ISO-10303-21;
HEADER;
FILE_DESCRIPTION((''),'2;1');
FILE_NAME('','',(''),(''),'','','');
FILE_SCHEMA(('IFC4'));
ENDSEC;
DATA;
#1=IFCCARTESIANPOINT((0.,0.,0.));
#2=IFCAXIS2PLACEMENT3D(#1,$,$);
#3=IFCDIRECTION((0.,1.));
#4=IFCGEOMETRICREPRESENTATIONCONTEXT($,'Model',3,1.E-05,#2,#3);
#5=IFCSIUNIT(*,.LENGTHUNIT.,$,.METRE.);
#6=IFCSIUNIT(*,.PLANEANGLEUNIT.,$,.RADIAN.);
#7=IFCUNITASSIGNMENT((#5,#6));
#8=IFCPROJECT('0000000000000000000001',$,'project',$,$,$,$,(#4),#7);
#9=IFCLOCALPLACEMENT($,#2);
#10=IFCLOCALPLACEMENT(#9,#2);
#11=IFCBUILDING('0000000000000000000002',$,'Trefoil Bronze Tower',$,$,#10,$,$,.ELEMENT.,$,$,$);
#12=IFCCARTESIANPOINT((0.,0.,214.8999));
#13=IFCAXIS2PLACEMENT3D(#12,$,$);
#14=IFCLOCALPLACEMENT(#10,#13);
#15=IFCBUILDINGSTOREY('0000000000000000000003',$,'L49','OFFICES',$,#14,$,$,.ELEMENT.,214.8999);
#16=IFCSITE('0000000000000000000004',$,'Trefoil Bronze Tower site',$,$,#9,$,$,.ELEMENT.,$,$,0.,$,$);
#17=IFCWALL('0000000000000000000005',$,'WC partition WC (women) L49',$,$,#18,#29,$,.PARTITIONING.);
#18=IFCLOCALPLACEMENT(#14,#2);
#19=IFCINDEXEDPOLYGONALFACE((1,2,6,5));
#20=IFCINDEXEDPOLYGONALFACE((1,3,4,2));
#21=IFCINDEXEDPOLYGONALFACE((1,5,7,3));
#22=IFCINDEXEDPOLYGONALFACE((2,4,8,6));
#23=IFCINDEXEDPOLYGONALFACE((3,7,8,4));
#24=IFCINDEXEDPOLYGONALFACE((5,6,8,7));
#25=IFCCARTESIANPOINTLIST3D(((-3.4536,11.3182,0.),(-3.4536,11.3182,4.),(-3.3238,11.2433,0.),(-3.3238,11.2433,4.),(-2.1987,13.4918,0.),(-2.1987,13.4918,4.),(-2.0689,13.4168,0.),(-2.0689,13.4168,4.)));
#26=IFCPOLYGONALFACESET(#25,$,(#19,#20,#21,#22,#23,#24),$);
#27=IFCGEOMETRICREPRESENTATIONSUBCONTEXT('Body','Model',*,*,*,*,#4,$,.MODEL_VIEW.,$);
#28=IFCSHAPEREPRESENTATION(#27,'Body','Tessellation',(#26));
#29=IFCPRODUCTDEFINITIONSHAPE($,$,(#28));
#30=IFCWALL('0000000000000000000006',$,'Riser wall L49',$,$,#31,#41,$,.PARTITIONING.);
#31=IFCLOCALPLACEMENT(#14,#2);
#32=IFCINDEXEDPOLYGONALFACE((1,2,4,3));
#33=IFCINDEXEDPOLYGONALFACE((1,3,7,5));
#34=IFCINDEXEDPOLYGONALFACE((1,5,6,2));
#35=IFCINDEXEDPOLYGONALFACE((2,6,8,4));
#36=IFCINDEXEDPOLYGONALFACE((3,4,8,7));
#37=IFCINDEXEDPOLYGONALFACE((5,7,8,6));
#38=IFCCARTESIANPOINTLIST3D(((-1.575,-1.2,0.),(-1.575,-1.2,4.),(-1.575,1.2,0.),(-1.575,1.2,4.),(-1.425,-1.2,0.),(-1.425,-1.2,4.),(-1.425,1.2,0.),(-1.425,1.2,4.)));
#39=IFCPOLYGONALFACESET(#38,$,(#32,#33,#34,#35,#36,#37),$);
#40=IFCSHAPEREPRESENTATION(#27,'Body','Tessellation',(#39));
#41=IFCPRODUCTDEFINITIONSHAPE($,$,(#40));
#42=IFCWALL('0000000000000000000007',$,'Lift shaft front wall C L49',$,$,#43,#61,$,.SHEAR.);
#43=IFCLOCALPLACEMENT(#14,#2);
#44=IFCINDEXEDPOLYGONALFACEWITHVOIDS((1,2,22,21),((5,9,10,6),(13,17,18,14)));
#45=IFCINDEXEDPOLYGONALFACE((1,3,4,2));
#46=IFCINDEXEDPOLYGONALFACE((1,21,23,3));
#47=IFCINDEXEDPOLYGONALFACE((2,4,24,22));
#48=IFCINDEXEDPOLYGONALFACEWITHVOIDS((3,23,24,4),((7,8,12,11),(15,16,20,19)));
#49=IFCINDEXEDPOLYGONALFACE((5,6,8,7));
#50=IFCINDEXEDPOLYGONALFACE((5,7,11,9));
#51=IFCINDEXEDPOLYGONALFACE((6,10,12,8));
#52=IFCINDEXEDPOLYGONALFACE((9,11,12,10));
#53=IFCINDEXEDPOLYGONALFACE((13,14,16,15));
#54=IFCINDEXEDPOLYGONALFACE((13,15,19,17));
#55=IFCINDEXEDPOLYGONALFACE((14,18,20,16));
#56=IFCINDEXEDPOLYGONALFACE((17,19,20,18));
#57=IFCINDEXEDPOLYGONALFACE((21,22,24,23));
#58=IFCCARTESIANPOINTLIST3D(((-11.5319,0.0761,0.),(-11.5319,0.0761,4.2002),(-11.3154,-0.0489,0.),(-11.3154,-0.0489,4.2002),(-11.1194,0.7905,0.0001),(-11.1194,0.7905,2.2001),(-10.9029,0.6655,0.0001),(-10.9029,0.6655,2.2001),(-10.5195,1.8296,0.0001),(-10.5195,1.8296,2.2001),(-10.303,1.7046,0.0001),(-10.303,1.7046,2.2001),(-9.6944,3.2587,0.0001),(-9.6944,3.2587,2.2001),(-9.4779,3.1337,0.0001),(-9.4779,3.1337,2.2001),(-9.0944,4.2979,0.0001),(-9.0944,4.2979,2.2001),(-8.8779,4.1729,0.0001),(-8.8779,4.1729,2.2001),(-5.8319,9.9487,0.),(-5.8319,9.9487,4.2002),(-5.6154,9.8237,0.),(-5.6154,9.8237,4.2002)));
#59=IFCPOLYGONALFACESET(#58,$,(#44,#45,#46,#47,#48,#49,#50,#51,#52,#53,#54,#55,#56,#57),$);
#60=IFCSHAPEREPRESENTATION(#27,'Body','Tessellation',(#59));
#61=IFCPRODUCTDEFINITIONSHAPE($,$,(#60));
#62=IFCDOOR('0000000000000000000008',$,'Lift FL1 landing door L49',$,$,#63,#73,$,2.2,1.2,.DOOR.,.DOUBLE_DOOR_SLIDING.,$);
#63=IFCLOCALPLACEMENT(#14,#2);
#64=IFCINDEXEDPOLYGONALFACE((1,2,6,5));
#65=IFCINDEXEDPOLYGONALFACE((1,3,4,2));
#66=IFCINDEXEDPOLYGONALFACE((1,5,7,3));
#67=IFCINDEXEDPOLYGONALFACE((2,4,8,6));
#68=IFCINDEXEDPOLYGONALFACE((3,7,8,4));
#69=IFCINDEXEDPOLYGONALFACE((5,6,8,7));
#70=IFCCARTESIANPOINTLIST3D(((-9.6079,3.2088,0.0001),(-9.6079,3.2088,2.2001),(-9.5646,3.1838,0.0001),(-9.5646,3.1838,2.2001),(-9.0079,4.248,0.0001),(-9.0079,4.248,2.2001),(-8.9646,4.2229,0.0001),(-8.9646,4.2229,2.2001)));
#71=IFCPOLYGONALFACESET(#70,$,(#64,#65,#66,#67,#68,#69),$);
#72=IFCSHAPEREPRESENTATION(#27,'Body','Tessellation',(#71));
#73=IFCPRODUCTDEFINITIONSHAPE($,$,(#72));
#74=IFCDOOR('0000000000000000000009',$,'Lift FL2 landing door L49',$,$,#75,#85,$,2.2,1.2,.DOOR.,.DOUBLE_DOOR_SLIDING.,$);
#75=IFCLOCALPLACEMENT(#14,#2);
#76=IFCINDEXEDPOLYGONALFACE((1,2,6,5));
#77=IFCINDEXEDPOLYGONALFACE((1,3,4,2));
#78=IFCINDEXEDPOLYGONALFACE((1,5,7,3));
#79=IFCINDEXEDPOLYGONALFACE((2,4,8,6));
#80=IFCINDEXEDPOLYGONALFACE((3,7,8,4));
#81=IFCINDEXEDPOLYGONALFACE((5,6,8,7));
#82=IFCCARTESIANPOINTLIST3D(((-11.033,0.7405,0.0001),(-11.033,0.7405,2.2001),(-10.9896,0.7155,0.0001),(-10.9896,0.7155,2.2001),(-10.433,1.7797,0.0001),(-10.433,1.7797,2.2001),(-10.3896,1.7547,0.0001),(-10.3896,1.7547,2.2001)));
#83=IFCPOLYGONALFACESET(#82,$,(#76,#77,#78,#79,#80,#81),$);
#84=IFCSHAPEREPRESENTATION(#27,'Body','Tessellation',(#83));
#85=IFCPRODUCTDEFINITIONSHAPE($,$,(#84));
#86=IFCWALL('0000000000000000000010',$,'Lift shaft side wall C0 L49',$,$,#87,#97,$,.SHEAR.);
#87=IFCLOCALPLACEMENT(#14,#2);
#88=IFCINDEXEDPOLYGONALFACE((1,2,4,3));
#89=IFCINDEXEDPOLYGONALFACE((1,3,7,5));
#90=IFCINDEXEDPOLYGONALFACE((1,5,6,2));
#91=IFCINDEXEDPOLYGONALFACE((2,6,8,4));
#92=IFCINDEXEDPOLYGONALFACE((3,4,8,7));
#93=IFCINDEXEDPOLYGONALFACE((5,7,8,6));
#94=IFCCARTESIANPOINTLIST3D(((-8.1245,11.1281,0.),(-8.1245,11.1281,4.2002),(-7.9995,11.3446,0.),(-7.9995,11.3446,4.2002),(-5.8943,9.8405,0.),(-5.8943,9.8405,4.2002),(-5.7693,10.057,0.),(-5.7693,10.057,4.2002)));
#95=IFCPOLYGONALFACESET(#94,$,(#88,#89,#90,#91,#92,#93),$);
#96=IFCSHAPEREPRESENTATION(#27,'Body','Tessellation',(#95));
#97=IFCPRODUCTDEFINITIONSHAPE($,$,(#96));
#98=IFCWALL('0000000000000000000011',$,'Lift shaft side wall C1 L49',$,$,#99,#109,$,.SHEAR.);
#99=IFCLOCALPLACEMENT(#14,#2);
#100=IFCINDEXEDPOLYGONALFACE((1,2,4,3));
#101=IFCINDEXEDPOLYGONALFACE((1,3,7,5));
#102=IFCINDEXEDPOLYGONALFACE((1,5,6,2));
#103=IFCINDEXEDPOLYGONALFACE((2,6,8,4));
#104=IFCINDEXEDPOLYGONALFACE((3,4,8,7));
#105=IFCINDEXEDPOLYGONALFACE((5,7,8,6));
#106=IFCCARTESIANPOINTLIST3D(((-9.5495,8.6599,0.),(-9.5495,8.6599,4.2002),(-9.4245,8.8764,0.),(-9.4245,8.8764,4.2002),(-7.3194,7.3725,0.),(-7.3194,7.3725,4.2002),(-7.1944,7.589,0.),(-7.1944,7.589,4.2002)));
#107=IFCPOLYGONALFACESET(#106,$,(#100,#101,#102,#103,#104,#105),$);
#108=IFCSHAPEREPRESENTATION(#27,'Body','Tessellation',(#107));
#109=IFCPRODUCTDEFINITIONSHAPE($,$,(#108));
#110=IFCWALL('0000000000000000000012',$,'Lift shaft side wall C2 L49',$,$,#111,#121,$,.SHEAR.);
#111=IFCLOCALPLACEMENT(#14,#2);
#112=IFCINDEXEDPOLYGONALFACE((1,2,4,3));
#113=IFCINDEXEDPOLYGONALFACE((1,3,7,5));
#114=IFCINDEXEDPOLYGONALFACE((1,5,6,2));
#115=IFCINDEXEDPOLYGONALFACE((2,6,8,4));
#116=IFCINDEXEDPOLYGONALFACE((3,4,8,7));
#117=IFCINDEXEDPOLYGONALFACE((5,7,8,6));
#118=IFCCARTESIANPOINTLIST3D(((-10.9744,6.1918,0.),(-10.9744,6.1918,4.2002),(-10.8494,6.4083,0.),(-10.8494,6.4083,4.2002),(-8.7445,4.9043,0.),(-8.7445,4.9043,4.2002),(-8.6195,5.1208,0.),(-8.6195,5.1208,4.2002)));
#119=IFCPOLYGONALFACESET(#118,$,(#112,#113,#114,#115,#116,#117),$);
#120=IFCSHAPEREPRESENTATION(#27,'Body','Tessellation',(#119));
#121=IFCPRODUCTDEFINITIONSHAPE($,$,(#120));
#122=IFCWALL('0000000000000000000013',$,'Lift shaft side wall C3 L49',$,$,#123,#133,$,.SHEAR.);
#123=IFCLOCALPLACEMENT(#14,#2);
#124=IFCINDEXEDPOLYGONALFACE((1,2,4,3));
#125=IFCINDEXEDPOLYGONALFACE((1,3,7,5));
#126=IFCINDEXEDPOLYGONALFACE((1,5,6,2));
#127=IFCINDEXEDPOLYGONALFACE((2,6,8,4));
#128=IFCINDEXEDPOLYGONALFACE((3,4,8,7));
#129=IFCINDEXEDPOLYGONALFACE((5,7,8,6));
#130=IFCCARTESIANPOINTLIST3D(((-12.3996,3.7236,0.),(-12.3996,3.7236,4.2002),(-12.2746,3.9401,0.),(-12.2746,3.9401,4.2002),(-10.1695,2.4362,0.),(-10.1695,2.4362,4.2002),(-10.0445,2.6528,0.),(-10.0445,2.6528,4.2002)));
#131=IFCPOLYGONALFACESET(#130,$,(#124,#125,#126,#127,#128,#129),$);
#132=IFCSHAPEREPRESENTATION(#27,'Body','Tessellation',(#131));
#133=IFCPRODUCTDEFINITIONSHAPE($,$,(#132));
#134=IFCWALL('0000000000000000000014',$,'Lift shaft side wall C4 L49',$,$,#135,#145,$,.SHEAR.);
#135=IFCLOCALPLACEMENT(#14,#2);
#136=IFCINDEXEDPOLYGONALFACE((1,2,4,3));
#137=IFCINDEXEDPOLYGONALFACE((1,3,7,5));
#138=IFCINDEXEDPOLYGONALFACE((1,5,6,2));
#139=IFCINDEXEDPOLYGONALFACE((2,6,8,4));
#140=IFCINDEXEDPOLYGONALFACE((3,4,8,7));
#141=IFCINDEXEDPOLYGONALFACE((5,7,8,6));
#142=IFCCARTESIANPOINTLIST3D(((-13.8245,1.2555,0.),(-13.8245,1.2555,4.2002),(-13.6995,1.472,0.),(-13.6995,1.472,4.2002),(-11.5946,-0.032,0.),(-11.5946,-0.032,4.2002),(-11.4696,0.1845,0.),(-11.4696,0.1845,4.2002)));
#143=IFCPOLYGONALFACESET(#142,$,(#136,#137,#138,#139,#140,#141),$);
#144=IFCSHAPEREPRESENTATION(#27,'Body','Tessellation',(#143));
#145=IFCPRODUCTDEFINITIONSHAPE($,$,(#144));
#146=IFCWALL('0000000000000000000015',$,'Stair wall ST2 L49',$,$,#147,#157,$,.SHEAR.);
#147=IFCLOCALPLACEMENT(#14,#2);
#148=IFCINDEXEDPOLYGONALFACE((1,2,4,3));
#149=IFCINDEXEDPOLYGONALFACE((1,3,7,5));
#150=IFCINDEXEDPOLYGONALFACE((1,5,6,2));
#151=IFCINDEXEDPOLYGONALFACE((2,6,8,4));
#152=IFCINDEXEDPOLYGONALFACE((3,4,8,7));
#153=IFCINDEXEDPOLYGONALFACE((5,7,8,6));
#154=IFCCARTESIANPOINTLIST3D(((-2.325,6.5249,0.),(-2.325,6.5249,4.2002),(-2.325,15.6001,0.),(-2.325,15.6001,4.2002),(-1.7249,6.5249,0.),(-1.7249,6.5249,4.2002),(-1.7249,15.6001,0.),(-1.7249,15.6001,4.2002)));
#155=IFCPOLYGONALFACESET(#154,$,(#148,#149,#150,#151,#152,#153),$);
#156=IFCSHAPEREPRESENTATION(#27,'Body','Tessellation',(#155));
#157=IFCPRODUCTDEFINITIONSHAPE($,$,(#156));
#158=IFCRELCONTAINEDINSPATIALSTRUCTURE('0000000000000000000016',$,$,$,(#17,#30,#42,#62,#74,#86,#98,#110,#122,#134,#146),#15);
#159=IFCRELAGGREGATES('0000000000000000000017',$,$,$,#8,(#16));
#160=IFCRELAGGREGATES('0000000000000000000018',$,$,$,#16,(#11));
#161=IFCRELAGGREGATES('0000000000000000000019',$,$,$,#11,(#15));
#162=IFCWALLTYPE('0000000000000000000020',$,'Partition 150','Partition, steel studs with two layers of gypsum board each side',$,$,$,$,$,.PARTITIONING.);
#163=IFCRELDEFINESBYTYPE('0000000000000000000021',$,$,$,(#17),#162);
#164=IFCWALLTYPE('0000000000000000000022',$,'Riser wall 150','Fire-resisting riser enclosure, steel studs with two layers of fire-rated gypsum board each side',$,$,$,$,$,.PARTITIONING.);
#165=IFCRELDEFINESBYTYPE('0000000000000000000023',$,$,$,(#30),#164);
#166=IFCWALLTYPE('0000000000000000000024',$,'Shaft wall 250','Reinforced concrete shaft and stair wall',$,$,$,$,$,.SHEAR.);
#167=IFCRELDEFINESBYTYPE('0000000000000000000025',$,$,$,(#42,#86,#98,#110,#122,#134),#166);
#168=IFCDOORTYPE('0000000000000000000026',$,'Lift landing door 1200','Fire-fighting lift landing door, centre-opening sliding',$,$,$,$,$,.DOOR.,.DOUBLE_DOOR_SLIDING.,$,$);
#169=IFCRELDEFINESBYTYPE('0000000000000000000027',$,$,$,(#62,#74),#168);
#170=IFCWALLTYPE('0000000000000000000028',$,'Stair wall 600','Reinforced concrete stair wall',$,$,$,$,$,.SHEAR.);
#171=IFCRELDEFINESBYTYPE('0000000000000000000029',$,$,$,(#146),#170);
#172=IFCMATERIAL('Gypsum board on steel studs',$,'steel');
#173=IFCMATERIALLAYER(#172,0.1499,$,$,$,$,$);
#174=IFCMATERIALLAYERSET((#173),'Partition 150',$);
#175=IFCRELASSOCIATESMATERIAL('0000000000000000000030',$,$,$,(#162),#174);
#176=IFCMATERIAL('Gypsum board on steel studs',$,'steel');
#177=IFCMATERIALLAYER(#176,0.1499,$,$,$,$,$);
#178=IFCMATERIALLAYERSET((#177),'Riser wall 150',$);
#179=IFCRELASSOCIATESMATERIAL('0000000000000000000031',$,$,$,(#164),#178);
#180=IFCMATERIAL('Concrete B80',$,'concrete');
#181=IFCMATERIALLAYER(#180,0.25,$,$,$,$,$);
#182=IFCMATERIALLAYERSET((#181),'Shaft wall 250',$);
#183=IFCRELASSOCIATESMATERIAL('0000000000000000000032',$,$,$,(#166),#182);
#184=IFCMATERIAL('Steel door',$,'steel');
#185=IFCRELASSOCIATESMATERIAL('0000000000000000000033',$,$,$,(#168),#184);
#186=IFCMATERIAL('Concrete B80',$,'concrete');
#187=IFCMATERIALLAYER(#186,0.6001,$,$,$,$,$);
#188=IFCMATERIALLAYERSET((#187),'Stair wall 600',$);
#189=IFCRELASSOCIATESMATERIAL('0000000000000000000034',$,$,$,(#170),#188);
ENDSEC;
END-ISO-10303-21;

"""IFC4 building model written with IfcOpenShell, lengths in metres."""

from ifc_helpers import new_model, si_unit, direction, frame, frame_2d, origin, place, context, subcontext, project, spatial, rectangle, extrude, material, layer, layer_set, type_object, element, fill, save


model = new_model("IFC4")

# Units and contexts
model_context = context("Model", 3, precision=1e-05, world=origin(), true_north=direction((0.0, 1.0)))
body_context = subcontext(model_context, "Body", "Model", "MODEL_VIEW")
ifc_project = project(units=[si_unit("LENGTHUNIT", "METRE"), si_unit("PLANEANGLEUNIT", "RADIAN")], contexts=[model_context])

# Site, building, storey
site_placement = place(None, origin())
site = spatial("IfcSite", under=ifc_project, at=site_placement, Name="Trefoil Bronze Tower site", CompositionType="ELEMENT", RefElevation=0.0)
building_placement = place(site_placement, origin())
building = spatial("IfcBuilding", under=site, at=building_placement, Name="Trefoil Bronze Tower", CompositionType="ELEMENT")
storey_placement = place(building_placement, frame((0.0, 0.0, 214.8999)))
storey = spatial("IfcBuildingStorey", under=building, at=storey_placement, Name="L49", Description="OFFICES", CompositionType="ELEMENT", Elevation=214.8999)

# Shared definitions
ifc_material_1 = material(Name="Gypsum board on steel studs", Category="steel")
ifc_layer_1 = layer(ifc_material_1, 0.1499)
ifc_layer_set_1 = layer_set([ifc_layer_1], Name="Partition 150")
wall_type_1 = type_object("IfcWallType", Name="Partition 150", Description="Partition, steel studs with two layers of gypsum board each side", PredefinedType="PARTITIONING", material=ifc_layer_set_1)

# Walls
wall_1_placement = place(storey_placement, frame((-3.3887, 11.2808, 0.0), z_axis=(0.0, 0.0, 1.0), x_axis=(0.499989, 0.866032, 0.0)))
element("IfcWall", 1, at=wall_1_placement, inside=storey, type_object=wall_type_1, Name="WC partition WC (women) L49", PredefinedType="PARTITIONING", context=body_context, shape_type="SweptSolid", body=[
    extrude(rectangle(XDim=2.5098, YDim=0.1499, at=frame_2d((1.2549, 0.0))), origin(), (0.0, 0.0, 1.0), 4.0),
])
ifc_material_2 = material(Name="Gypsum board on steel studs", Category="steel")
ifc_layer_2 = layer(ifc_material_2, 0.1499)
ifc_layer_set_2 = layer_set([ifc_layer_2], Name="Riser wall 150")
wall_type_2 = type_object("IfcWallType", Name="Riser wall 150", Description="Fire-resisting riser enclosure, steel studs with two layers of fire-rated gypsum board each side", PredefinedType="PARTITIONING", material=ifc_layer_set_2)
wall_2_placement = place(storey_placement, frame((-1.5, 1.2, 0.0), z_axis=(0.0, 0.0, 1.0), x_axis=(0.0, -1.0, 0.0)))
element("IfcWall", 2, at=wall_2_placement, inside=storey, type_object=wall_type_2, Name="Riser wall L49", PredefinedType="PARTITIONING", context=body_context, shape_type="SweptSolid", body=[
    extrude(rectangle(XDim=2.3999, YDim=0.1499, at=frame_2d((1.2, 0.0))), origin(), (0.0, 0.0, 1.0), 4.0),
])

# Wall, openings, doors
ifc_material_3 = material(Name="Concrete B80", Category="concrete")
ifc_layer_3 = layer(ifc_material_3, 0.25)
ifc_layer_set_3 = layer_set([ifc_layer_3], Name="Shaft wall 250")
wall_type_3 = type_object("IfcWallType", Name="Shaft wall 250", Description="Reinforced concrete shaft and stair wall", PredefinedType="SHEAR", material=ifc_layer_set_3)
wall_3_placement = place(storey_placement, frame((-5.7236, 9.8862, 0.0), z_axis=(0.0, 0.0, 1.0), x_axis=(-0.500002, -0.866024, 0.0)))
wall_3 = element("IfcWall", 3, at=wall_3_placement, inside=storey, type_object=wall_type_3, Name="Lift shaft front wall C L49", PredefinedType="SHEAR", context=body_context, shape_type="SweptSolid", body=[
    extrude(rectangle(XDim=11.3999, YDim=0.25, at=frame_2d((5.7, 0.0))), origin(), (0.0, 0.0, 1.0), 4.2002),
])
opening_1_placement = place(wall_3_placement, frame((6.5249, 0.0, 0.0)))
opening_1 = element("IfcOpeningElement", 4, at=opening_1_placement, cuts=wall_3, PredefinedType="OPENING", context=body_context, shape_type="SweptSolid", body=[
    extrude(rectangle(XDim=1.2, YDim=2.2, at=frame_2d((0.6001, 1.1001))), frame((0.0, 0.135, 0.0), z_axis=(0.0, -1.0, 0.0), x_axis=(1.0, 0.0, 0.0)), (0.0, 0.0, 1.0), 0.27),
])
opening_2_placement = place(wall_3_placement, frame((9.375, 0.0, 0.0)))
opening_2 = element("IfcOpeningElement", 5, at=opening_2_placement, cuts=wall_3, PredefinedType="OPENING", context=body_context, shape_type="SweptSolid", body=[
    extrude(rectangle(XDim=1.2, YDim=2.2, at=frame_2d((0.6001, 1.1001))), frame((0.0, 0.135, 0.0), z_axis=(0.0, -1.0, 0.0), x_axis=(1.0, 0.0, 0.0)), (0.0, 0.0, 1.0), 0.27),
])
ifc_material_4 = material(Name="Steel door", Category="steel")
door_type_1 = type_object("IfcDoorType", Name="Lift landing door 1200", Description="Fire-fighting lift landing door, centre-opening sliding", OperationType="DOUBLE_DOOR_SLIDING", PredefinedType="DOOR", material=ifc_material_4)
door_1_placement = place(opening_1_placement, origin())
door_1 = element("IfcDoor", 6, at=door_1_placement, inside=storey, type_object=door_type_1, Name="Lift FL1 landing door L49", OperationType="DOUBLE_DOOR_SLIDING", OverallHeight=2.2, OverallWidth=1.2, PredefinedType="DOOR", context=body_context, shape_type="SweptSolid", body=[
    extrude(rectangle(XDim=1.2, YDim=2.2, at=frame_2d((0.6001, 1.1001))), frame((0.0, 0.0249, 0.0), z_axis=(0.0, -1.0, 0.0), x_axis=(1.0, 0.0, 0.0)), (0.0, 0.0, 1.0), 0.05),
])
fill(opening_1, door_1)
door_2_placement = place(opening_2_placement, origin())
door_2 = element("IfcDoor", 7, at=door_2_placement, inside=storey, type_object=door_type_1, Name="Lift FL2 landing door L49", OperationType="DOUBLE_DOOR_SLIDING", OverallHeight=2.2, OverallWidth=1.2, PredefinedType="DOOR", context=body_context, shape_type="SweptSolid", body=[
    extrude(rectangle(XDim=1.2, YDim=2.2, at=frame_2d((0.6001, 1.1001))), frame((0.0, 0.0249, 0.0), z_axis=(0.0, -1.0, 0.0), x_axis=(1.0, 0.0, 0.0)), (0.0, 0.0, 1.0), 0.05),
])
fill(opening_2, door_2)

# Walls
wall_4_placement = place(storey_placement, frame((-5.8318, 9.9487, 0.0), z_axis=(0.0, 0.0, 1.0), x_axis=(-0.866029, 0.499993, 0.0)))
element("IfcWall", 8, at=wall_4_placement, inside=storey, type_object=wall_type_3, Name="Lift shaft side wall C0 L49", PredefinedType="SHEAR", context=body_context, shape_type="SweptSolid", body=[
    extrude(rectangle(XDim=2.5752, YDim=0.25, at=frame_2d((1.2876, 0.0))), origin(), (0.0, 0.0, 1.0), 4.2002),
])
for number, where, z_axis, x_axis, name in (
    (9, (-7.2568, 7.4807, 0.0), (0.0, 0.0, 1.0), (-0.866047, 0.499963, 0.0), "Lift shaft side wall C1 L49"),
    (10, (-8.6819, 5.0125, 0.0), (0.0, 0.0, 1.0), (-0.866006, 0.500034, 0.0), "Lift shaft side wall C2 L49"),
    (11, (-10.1069, 2.5444, 0.0), (0.0, 0.0, 1.0), (-0.866047, 0.499963, 0.0), "Lift shaft side wall C3 L49"),
    (12, (-11.532, 0.0762, 0.0), (0.0, 0.0, 1.0), (-0.866006, 0.500034, 0.0), "Lift shaft side wall C4 L49"),
):
    element("IfcWall", number, at=place(storey_placement, frame(where, z_axis=z_axis, x_axis=x_axis)), inside=storey, type_object=wall_type_3, Name=name, PredefinedType="SHEAR", context=body_context, shape_type="SweptSolid", body=[
        extrude(rectangle(XDim=2.575, YDim=0.25, at=frame_2d((1.2876, 0.0))), origin(), (0.0, 0.0, 1.0), 4.2002),
    ])
ifc_material_5 = material(Name="Concrete B80", Category="concrete")
ifc_layer_4 = layer(ifc_material_5, 0.6001)
ifc_layer_set_4 = layer_set([ifc_layer_4], Name="Stair wall 600")
wall_type_4 = type_object("IfcWallType", Name="Stair wall 600", Description="Reinforced concrete stair wall", PredefinedType="SHEAR", material=ifc_layer_set_4)
wall_5_placement = place(storey_placement, frame((-2.0249, 6.5249, 0.0), z_axis=(0.0, 0.0, 1.0), x_axis=(0.0, 1.0, 0.0)))
element("IfcWall", 13, at=wall_5_placement, inside=storey, type_object=wall_type_4, Name="Stair wall ST2 L49", PredefinedType="SHEAR", context=body_context, shape_type="SweptSolid", body=[
    extrude(rectangle(XDim=9.0752, YDim=0.6001, at=frame_2d((4.5376, 0.0))), origin(), (0.0, 0.0, 1.0), 4.2002),
])

save(model, "model.ifc")
